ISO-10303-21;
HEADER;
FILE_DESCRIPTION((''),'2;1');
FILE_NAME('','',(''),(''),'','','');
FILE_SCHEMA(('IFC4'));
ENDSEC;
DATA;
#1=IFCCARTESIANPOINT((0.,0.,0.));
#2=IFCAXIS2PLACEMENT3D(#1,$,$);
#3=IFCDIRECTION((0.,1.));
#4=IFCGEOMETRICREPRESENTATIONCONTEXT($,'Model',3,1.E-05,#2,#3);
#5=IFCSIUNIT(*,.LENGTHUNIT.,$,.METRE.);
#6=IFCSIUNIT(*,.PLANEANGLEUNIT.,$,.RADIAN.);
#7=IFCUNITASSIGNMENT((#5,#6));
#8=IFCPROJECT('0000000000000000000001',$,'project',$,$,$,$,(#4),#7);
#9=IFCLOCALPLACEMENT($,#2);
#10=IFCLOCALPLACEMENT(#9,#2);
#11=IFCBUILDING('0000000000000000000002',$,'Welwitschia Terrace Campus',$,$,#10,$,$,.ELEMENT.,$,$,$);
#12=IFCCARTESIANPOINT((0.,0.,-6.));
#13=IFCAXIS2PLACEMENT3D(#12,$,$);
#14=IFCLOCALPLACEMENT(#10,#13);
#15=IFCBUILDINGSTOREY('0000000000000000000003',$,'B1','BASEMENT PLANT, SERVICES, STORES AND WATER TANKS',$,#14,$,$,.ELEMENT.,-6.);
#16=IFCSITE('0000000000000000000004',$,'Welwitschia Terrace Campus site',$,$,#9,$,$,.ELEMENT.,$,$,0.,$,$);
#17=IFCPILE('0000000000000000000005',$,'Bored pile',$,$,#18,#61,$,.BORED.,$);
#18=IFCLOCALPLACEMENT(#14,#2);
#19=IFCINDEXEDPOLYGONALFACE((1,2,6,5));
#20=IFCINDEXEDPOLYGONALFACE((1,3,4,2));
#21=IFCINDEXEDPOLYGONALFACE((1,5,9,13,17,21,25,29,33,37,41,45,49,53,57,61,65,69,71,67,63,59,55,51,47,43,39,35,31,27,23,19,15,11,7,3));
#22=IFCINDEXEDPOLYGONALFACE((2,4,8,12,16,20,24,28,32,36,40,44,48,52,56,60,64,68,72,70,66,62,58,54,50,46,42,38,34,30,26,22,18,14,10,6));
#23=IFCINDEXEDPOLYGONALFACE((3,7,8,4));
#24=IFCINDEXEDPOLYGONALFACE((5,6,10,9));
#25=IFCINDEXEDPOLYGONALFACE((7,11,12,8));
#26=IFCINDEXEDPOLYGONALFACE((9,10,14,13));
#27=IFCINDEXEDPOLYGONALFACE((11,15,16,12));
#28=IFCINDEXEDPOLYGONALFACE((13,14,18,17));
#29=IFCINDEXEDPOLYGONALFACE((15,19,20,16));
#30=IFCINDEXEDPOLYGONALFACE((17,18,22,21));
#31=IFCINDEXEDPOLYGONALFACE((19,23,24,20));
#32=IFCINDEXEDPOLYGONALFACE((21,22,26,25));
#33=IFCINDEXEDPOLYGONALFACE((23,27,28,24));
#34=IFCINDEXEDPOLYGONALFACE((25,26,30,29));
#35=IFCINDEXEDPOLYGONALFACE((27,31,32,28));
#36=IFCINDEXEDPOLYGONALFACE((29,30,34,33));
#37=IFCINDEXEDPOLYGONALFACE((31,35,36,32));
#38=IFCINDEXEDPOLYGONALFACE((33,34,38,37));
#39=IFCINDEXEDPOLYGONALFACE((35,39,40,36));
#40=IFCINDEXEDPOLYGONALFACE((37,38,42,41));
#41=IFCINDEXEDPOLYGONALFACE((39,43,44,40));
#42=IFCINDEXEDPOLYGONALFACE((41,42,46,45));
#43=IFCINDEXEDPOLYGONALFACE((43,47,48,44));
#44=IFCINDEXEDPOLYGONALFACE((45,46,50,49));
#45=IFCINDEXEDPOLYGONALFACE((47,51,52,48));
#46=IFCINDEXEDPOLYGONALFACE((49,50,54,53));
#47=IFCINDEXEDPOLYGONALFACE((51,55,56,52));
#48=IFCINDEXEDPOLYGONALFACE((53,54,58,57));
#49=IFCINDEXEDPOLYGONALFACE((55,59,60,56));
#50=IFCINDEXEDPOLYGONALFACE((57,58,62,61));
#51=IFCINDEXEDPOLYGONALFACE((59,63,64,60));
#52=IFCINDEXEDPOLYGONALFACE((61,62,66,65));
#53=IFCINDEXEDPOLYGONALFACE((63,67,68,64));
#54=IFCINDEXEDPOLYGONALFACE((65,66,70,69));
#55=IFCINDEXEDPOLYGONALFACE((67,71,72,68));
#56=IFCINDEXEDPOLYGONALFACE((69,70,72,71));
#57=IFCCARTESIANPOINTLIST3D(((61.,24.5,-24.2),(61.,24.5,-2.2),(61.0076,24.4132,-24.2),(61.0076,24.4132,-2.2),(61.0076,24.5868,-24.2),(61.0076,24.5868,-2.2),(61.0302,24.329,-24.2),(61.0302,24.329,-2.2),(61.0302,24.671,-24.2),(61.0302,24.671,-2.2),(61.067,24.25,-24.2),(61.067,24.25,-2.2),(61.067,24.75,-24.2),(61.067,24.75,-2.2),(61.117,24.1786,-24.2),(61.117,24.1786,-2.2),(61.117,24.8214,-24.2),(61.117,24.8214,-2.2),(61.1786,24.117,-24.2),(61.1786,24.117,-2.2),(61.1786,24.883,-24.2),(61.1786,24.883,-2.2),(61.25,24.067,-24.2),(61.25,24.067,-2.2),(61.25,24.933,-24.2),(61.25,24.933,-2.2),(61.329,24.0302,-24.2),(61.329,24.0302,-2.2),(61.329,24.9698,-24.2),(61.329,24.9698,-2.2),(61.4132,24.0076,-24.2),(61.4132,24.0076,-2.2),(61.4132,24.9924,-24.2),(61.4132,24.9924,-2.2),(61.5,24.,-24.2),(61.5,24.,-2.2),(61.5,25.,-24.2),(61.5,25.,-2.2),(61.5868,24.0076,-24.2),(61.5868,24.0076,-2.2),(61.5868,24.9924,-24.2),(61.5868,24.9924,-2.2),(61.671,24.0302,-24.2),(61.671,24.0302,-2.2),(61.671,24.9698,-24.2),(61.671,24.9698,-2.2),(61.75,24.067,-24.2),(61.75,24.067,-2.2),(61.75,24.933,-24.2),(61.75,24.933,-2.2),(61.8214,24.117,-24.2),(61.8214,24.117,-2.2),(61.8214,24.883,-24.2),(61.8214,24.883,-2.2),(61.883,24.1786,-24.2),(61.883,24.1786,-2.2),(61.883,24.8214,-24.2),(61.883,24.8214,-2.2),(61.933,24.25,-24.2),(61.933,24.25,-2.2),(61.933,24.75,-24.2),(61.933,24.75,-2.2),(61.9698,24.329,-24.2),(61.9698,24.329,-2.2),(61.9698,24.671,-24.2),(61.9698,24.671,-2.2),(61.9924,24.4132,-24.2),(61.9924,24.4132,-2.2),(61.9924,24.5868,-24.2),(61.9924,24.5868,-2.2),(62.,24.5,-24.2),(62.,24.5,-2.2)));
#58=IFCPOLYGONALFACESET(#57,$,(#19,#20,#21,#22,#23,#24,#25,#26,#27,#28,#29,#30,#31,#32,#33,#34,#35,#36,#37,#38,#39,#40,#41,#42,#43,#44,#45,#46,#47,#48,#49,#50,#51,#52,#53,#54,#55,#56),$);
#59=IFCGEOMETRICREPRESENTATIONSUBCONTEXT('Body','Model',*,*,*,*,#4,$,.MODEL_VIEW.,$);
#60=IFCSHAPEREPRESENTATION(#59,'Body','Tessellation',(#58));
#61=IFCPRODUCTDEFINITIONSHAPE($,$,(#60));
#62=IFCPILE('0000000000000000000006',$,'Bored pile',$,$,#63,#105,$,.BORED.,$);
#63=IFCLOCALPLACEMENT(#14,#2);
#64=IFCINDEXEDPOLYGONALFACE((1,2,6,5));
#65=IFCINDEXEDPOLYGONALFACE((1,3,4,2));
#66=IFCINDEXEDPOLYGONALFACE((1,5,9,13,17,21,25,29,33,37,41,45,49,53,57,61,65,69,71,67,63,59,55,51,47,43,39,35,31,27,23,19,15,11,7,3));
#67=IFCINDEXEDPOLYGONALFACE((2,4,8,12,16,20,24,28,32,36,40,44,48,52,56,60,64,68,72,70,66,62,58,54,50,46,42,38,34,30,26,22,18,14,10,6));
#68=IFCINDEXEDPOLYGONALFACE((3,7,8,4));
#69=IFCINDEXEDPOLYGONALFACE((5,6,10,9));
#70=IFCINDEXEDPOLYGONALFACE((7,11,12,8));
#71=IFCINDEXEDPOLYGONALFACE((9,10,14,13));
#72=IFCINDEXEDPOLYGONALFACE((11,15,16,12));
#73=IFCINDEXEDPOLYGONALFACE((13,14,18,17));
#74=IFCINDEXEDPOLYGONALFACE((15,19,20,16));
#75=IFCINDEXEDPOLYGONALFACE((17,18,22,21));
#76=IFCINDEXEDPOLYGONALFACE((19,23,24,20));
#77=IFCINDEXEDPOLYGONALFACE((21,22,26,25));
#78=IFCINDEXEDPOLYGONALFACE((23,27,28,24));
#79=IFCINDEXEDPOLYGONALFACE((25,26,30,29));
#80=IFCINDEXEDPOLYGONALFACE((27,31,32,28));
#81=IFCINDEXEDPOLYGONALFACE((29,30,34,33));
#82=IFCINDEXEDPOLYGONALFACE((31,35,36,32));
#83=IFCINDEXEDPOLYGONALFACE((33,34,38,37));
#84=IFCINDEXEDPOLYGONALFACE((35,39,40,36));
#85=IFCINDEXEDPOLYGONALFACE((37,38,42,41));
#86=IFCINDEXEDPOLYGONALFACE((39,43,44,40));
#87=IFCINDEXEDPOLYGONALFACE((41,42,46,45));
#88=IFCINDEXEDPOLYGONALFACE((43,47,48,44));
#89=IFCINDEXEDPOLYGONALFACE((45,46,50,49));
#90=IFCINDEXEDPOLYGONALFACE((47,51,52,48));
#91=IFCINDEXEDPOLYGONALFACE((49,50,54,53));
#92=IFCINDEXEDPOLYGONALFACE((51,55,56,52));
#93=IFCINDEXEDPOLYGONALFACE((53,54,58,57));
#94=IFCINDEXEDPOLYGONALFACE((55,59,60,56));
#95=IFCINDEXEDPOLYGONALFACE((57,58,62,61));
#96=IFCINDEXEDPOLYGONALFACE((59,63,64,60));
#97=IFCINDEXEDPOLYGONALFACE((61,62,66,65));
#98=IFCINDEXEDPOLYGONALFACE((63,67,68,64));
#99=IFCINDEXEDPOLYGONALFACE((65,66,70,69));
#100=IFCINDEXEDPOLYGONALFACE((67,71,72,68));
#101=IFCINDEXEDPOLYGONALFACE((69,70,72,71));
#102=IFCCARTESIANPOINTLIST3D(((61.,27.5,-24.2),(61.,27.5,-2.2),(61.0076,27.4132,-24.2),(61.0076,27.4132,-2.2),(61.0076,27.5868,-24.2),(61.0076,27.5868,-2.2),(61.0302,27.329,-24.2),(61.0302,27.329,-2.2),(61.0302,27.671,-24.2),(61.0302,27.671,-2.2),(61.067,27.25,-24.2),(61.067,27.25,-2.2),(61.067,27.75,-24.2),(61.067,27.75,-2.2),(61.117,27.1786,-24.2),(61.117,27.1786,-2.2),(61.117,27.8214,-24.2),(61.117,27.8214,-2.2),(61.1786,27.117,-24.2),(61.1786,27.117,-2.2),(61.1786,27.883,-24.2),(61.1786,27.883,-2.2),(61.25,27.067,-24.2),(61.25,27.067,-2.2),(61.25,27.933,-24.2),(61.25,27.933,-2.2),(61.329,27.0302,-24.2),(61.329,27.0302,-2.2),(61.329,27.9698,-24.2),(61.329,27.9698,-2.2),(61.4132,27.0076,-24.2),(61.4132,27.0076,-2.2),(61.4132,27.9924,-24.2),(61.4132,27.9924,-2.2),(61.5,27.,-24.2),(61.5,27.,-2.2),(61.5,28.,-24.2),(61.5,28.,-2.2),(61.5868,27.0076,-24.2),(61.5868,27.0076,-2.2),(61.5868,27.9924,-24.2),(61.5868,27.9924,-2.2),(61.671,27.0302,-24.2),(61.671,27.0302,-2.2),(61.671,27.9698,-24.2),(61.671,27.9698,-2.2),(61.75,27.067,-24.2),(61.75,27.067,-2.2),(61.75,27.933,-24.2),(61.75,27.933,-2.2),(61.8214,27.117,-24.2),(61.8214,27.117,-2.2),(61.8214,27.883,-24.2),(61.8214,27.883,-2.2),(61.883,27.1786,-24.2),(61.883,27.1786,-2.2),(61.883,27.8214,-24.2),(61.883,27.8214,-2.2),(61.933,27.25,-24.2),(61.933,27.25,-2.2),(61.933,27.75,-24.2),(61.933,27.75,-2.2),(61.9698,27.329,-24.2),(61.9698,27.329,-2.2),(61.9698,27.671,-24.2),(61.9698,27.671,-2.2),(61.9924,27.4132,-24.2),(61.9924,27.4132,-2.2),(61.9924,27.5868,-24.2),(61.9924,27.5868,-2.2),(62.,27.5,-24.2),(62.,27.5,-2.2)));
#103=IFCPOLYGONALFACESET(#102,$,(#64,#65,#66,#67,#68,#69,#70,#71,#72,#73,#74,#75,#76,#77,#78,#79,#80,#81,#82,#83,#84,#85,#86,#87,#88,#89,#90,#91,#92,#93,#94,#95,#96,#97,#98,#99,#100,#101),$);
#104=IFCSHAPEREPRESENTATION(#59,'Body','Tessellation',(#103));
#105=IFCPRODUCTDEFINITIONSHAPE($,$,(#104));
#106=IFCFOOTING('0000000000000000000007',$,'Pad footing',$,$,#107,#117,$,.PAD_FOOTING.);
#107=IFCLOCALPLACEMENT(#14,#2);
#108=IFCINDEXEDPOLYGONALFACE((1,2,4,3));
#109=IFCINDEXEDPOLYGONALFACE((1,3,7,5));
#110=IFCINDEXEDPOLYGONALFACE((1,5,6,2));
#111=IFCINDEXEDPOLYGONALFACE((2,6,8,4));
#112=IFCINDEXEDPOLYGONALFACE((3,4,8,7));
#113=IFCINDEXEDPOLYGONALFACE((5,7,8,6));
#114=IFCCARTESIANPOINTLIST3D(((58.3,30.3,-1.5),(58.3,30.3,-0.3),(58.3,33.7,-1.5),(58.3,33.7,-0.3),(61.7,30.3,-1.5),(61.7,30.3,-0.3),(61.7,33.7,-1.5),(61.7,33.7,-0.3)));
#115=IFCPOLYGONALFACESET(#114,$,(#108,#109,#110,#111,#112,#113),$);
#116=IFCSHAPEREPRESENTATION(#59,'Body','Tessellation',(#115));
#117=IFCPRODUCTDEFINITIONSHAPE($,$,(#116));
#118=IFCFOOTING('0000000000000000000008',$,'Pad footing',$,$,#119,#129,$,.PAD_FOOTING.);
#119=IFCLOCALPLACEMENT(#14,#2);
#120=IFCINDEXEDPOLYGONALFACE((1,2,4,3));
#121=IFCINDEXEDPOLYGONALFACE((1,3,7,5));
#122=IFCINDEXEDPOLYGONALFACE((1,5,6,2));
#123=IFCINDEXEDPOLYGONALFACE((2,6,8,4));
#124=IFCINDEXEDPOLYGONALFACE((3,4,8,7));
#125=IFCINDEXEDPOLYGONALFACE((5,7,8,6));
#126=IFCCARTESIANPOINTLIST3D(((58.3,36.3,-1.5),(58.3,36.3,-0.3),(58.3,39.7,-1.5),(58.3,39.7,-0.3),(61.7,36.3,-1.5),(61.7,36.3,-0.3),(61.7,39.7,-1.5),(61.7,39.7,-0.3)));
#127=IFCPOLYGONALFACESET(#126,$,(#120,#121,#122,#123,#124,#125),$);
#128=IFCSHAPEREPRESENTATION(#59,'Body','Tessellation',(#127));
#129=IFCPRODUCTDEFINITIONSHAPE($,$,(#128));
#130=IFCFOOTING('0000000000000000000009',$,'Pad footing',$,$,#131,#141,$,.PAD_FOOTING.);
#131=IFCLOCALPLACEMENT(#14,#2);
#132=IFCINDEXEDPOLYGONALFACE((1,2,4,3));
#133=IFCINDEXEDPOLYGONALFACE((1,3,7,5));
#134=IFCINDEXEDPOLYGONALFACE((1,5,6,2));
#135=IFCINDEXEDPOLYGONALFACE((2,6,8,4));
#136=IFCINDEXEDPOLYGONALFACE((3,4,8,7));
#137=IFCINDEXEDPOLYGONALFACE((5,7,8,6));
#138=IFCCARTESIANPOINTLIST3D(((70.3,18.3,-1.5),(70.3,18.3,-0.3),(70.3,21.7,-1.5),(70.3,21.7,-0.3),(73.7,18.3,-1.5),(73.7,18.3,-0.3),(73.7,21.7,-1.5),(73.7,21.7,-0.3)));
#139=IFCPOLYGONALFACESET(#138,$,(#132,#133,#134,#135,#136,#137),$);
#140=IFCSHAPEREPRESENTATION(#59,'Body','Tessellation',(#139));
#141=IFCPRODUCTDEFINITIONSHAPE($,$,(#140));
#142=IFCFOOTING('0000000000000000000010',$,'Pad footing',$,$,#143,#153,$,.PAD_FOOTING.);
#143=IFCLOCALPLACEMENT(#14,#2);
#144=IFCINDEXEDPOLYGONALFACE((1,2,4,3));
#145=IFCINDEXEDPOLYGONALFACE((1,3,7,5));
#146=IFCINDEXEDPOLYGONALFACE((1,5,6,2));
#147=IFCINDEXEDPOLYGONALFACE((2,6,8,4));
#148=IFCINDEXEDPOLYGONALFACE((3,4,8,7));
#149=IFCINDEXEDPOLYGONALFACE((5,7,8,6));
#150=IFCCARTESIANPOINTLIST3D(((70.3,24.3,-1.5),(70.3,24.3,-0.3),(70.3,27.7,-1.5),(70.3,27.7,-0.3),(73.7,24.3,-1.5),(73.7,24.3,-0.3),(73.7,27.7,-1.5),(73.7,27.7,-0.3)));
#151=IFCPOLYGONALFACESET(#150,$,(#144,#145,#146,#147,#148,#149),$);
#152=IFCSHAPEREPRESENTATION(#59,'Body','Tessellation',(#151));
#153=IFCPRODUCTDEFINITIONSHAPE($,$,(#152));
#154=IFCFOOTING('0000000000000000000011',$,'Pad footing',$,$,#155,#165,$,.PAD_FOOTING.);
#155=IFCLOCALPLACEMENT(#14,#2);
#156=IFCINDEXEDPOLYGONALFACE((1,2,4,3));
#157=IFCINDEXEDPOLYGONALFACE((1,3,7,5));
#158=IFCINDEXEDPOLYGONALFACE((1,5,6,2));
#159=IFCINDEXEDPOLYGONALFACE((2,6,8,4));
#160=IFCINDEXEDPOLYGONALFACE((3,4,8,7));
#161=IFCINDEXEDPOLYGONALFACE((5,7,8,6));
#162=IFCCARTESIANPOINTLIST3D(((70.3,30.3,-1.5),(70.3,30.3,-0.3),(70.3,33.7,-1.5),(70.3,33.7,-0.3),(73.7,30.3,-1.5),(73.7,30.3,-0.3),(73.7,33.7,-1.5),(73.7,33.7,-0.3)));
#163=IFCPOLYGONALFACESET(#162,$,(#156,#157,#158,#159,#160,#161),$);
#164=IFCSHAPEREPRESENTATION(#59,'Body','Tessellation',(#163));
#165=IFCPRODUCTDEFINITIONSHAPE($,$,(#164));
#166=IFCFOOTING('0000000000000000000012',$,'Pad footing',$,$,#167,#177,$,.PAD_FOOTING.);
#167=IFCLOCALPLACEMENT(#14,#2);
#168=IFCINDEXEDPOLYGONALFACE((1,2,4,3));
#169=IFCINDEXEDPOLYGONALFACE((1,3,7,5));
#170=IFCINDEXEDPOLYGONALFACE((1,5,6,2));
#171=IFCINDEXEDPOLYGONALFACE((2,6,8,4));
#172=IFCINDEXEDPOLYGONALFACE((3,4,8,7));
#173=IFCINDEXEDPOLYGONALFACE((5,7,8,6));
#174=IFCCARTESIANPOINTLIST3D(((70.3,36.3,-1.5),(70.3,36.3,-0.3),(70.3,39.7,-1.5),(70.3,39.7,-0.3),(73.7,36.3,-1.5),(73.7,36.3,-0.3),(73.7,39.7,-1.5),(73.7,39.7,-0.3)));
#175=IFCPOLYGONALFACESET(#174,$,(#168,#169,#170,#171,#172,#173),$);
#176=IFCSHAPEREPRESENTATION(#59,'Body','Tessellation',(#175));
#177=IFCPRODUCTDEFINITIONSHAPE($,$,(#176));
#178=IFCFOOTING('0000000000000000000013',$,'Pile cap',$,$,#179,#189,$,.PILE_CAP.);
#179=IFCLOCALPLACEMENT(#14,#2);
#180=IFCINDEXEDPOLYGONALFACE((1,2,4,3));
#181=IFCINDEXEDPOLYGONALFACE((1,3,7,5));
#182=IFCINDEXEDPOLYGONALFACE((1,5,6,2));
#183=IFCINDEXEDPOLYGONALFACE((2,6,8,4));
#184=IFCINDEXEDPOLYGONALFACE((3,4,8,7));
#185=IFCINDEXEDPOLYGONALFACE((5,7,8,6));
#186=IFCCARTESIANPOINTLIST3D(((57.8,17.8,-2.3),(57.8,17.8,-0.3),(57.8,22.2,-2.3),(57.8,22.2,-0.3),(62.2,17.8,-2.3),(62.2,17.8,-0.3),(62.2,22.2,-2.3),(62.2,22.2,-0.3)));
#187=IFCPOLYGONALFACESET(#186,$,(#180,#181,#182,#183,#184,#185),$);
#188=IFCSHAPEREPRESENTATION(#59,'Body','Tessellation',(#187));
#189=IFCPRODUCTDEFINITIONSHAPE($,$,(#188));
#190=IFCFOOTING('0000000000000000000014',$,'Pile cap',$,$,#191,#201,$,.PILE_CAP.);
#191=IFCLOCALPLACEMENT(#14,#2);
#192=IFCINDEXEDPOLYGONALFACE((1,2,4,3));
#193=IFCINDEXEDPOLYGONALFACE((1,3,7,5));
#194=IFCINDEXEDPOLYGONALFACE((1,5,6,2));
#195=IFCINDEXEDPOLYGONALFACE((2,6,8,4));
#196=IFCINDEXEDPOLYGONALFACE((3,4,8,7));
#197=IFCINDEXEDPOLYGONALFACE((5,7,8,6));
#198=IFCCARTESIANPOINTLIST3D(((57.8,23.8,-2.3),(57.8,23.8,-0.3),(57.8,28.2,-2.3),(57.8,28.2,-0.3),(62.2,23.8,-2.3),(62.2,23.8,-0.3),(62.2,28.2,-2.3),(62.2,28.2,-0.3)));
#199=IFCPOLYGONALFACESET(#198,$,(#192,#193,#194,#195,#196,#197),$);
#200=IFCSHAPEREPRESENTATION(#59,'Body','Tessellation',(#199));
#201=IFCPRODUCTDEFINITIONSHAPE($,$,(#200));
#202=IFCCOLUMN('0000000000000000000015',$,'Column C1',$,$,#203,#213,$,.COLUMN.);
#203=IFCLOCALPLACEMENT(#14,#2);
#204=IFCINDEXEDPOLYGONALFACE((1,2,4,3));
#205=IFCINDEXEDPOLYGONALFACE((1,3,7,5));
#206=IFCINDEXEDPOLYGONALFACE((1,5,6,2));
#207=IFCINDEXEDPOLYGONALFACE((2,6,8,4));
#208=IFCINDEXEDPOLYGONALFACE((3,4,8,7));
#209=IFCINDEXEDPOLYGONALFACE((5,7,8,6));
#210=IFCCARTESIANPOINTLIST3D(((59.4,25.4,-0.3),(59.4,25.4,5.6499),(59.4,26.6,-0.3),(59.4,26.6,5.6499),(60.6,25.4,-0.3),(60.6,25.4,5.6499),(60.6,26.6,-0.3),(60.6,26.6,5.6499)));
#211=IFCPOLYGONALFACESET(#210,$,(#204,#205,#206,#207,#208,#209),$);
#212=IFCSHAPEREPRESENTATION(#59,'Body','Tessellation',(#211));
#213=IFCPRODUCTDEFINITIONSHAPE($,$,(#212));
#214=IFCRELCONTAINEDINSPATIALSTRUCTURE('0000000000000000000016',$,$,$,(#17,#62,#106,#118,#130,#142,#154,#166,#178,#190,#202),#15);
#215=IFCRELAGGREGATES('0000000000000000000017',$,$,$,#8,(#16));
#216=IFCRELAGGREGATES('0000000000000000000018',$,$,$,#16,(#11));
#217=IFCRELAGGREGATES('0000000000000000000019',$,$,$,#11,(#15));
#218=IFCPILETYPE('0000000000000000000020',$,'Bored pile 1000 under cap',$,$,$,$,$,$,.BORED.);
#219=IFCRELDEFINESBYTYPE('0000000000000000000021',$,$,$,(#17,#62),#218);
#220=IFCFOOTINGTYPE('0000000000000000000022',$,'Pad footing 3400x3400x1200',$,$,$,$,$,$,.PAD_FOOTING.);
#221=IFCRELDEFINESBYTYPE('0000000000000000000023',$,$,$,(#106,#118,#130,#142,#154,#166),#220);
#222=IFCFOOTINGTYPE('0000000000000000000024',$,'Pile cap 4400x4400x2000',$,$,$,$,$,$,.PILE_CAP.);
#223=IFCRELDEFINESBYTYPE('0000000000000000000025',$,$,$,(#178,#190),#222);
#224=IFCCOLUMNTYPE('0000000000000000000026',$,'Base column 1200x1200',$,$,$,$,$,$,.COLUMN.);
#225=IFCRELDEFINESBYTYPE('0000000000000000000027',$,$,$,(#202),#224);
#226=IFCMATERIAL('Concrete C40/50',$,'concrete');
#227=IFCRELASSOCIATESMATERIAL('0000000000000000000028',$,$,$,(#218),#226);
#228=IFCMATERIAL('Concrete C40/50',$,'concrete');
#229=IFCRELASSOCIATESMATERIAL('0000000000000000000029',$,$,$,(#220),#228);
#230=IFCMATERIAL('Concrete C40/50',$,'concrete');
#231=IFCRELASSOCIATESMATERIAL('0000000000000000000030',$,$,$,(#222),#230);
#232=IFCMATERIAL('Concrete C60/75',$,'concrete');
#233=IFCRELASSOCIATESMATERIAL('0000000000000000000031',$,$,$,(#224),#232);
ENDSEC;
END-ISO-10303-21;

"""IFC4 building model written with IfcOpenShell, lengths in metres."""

from ifc_helpers import new_model, si_unit, direction, frame, origin, origin_2d, place, context, subcontext, project, spatial, rectangle, circle, extrude, material, material_profile, profile_set, type_object, element, save


model = new_model("IFC4")

# Units and contexts
model_context = context("Model", 3, precision=1e-05, world=origin(), true_north=direction((0.0, 1.0)))
body_context = subcontext(model_context, "Body", "Model", "MODEL_VIEW")
ifc_project = project(units=[si_unit("LENGTHUNIT", "METRE"), si_unit("PLANEANGLEUNIT", "RADIAN")], contexts=[model_context])

# Site, building, storey
site_placement = place(None, origin())
site = spatial("IfcSite", under=ifc_project, at=site_placement, Name="Welwitschia Terrace Campus site", CompositionType="ELEMENT", RefElevation=0.0)
building_placement = place(site_placement, origin())
building = spatial("IfcBuilding", under=site, at=building_placement, Name="Welwitschia Terrace Campus", CompositionType="ELEMENT")
storey_placement = place(building_placement, frame((0.0, 0.0, -6.0)))
storey = spatial("IfcBuildingStorey", under=building, at=storey_placement, Name="B1", Description="BASEMENT PLANT, SERVICES, STORES AND WATER TANKS", CompositionType="ELEMENT", Elevation=-6.0)

# Piles
ifc_material_1 = material(Name="Concrete C40/50", Category="concrete")
pile_type = type_object("IfcPileType", Name="Bored pile 1000 under cap", PredefinedType="BORED", material=ifc_material_1)
for number, where, z_axis, x_axis, name in (
    (1, (61.5, 24.5, -2.2), (0.0, 0.0, -1.0), (1.0, 0.0, 0.0), "Bored pile"),
    (2, (61.5, 27.5, -2.2), (0.0, 0.0, -1.0), (1.0, 0.0, 0.0), "Bored pile"),
):
    element("IfcPile", number, at=place(storey_placement, frame(where, z_axis=z_axis, x_axis=x_axis)), inside=storey, type_object=pile_type, Name=name, PredefinedType="BORED", context=body_context, shape_type="SweptSolid", body=[
        extrude(circle(Radius=0.5, at=origin_2d()), origin(), (0.0, 0.0, 1.0), 22.0),
    ])

# Footings
ifc_material_2 = material(Name="Concrete C40/50", Category="concrete")
footing_type_1 = type_object("IfcFootingType", Name="Pad footing 3400x3400x1200", PredefinedType="PAD_FOOTING", material=ifc_material_2)
for number, where, z_axis, x_axis, name in (
    (3, (60.0, 32.0, -1.5), (0.0, 0.0, 1.0), (1.0, 0.0, 0.0), "Pad footing"),
    (4, (60.0, 38.0, -1.5), (0.0, 0.0, 1.0), (1.0, 0.0, 0.0), "Pad footing"),
    (5, (72.0, 20.0, -1.5), (0.0, 0.0, 1.0), (1.0, 0.0, 0.0), "Pad footing"),
    (6, (72.0, 26.0, -1.5), (0.0, 0.0, 1.0), (1.0, 0.0, 0.0), "Pad footing"),
    (7, (72.0, 32.0, -1.5), (0.0, 0.0, 1.0), (1.0, 0.0, 0.0), "Pad footing"),
    (8, (72.0, 38.0, -1.5), (0.0, 0.0, 1.0), (1.0, 0.0, 0.0), "Pad footing"),
):
    element("IfcFooting", number, at=place(storey_placement, frame(where, z_axis=z_axis, x_axis=x_axis)), inside=storey, type_object=footing_type_1, Name=name, PredefinedType="PAD_FOOTING", context=body_context, shape_type="SweptSolid", body=[
        extrude(rectangle(XDim=3.3999, YDim=3.3999, at=origin_2d()), origin(), (0.0, 0.0, 1.0), 1.2),
    ])
ifc_material_3 = material(Name="Concrete C40/50", Category="concrete")
footing_type_2 = type_object("IfcFootingType", Name="Pile cap 4400x4400x2000", PredefinedType="PILE_CAP", material=ifc_material_3)
for number, where, z_axis, x_axis, name in (
    (9, (60.0, 20.0, -2.3), (0.0, 0.0, 1.0), (1.0, 0.0, 0.0), "Pile cap"),
    (10, (60.0, 26.0, -2.3), (0.0, 0.0, 1.0), (1.0, 0.0, 0.0), "Pile cap"),
):
    element("IfcFooting", number, at=place(storey_placement, frame(where, z_axis=z_axis, x_axis=x_axis)), inside=storey, type_object=footing_type_2, Name=name, PredefinedType="PILE_CAP", context=body_context, shape_type="SweptSolid", body=[
        extrude(rectangle(XDim=4.3999, YDim=4.3999, at=origin_2d()), origin(), (0.0, 0.0, 1.0), 2.0),
    ])

# Column
ifc_material_4 = material(Name="Concrete C60/75", Category="concrete")
ifc_material_profile = material_profile(ifc_material_4, rectangle(XDim=1.2, YDim=1.2, at=origin_2d()))
ifc_profile_set = profile_set([ifc_material_profile], Name="Concrete C60/75")
column_type = type_object("IfcColumnType", Name="Base column 1200x1200", PredefinedType="COLUMN", material=ifc_profile_set)
for number, where, z_axis, x_axis, name in (
    (11, (60.0, 26.0, -0.3), (0.0, 0.0, 1.0), (1.0, 0.0, 0.0), "Column C1"),
):
    element("IfcColumn", number, at=place(storey_placement, frame(where, z_axis=z_axis, x_axis=x_axis)), inside=storey, type_object=column_type, Name=name, PredefinedType="COLUMN", context=body_context, shape_type="SweptSolid", body=[
        extrude(rectangle(XDim=1.2, YDim=1.2, at=origin_2d()), origin(), (0.0, 0.0, 1.0), 5.95),
    ])

save(model, "model.ifc")
